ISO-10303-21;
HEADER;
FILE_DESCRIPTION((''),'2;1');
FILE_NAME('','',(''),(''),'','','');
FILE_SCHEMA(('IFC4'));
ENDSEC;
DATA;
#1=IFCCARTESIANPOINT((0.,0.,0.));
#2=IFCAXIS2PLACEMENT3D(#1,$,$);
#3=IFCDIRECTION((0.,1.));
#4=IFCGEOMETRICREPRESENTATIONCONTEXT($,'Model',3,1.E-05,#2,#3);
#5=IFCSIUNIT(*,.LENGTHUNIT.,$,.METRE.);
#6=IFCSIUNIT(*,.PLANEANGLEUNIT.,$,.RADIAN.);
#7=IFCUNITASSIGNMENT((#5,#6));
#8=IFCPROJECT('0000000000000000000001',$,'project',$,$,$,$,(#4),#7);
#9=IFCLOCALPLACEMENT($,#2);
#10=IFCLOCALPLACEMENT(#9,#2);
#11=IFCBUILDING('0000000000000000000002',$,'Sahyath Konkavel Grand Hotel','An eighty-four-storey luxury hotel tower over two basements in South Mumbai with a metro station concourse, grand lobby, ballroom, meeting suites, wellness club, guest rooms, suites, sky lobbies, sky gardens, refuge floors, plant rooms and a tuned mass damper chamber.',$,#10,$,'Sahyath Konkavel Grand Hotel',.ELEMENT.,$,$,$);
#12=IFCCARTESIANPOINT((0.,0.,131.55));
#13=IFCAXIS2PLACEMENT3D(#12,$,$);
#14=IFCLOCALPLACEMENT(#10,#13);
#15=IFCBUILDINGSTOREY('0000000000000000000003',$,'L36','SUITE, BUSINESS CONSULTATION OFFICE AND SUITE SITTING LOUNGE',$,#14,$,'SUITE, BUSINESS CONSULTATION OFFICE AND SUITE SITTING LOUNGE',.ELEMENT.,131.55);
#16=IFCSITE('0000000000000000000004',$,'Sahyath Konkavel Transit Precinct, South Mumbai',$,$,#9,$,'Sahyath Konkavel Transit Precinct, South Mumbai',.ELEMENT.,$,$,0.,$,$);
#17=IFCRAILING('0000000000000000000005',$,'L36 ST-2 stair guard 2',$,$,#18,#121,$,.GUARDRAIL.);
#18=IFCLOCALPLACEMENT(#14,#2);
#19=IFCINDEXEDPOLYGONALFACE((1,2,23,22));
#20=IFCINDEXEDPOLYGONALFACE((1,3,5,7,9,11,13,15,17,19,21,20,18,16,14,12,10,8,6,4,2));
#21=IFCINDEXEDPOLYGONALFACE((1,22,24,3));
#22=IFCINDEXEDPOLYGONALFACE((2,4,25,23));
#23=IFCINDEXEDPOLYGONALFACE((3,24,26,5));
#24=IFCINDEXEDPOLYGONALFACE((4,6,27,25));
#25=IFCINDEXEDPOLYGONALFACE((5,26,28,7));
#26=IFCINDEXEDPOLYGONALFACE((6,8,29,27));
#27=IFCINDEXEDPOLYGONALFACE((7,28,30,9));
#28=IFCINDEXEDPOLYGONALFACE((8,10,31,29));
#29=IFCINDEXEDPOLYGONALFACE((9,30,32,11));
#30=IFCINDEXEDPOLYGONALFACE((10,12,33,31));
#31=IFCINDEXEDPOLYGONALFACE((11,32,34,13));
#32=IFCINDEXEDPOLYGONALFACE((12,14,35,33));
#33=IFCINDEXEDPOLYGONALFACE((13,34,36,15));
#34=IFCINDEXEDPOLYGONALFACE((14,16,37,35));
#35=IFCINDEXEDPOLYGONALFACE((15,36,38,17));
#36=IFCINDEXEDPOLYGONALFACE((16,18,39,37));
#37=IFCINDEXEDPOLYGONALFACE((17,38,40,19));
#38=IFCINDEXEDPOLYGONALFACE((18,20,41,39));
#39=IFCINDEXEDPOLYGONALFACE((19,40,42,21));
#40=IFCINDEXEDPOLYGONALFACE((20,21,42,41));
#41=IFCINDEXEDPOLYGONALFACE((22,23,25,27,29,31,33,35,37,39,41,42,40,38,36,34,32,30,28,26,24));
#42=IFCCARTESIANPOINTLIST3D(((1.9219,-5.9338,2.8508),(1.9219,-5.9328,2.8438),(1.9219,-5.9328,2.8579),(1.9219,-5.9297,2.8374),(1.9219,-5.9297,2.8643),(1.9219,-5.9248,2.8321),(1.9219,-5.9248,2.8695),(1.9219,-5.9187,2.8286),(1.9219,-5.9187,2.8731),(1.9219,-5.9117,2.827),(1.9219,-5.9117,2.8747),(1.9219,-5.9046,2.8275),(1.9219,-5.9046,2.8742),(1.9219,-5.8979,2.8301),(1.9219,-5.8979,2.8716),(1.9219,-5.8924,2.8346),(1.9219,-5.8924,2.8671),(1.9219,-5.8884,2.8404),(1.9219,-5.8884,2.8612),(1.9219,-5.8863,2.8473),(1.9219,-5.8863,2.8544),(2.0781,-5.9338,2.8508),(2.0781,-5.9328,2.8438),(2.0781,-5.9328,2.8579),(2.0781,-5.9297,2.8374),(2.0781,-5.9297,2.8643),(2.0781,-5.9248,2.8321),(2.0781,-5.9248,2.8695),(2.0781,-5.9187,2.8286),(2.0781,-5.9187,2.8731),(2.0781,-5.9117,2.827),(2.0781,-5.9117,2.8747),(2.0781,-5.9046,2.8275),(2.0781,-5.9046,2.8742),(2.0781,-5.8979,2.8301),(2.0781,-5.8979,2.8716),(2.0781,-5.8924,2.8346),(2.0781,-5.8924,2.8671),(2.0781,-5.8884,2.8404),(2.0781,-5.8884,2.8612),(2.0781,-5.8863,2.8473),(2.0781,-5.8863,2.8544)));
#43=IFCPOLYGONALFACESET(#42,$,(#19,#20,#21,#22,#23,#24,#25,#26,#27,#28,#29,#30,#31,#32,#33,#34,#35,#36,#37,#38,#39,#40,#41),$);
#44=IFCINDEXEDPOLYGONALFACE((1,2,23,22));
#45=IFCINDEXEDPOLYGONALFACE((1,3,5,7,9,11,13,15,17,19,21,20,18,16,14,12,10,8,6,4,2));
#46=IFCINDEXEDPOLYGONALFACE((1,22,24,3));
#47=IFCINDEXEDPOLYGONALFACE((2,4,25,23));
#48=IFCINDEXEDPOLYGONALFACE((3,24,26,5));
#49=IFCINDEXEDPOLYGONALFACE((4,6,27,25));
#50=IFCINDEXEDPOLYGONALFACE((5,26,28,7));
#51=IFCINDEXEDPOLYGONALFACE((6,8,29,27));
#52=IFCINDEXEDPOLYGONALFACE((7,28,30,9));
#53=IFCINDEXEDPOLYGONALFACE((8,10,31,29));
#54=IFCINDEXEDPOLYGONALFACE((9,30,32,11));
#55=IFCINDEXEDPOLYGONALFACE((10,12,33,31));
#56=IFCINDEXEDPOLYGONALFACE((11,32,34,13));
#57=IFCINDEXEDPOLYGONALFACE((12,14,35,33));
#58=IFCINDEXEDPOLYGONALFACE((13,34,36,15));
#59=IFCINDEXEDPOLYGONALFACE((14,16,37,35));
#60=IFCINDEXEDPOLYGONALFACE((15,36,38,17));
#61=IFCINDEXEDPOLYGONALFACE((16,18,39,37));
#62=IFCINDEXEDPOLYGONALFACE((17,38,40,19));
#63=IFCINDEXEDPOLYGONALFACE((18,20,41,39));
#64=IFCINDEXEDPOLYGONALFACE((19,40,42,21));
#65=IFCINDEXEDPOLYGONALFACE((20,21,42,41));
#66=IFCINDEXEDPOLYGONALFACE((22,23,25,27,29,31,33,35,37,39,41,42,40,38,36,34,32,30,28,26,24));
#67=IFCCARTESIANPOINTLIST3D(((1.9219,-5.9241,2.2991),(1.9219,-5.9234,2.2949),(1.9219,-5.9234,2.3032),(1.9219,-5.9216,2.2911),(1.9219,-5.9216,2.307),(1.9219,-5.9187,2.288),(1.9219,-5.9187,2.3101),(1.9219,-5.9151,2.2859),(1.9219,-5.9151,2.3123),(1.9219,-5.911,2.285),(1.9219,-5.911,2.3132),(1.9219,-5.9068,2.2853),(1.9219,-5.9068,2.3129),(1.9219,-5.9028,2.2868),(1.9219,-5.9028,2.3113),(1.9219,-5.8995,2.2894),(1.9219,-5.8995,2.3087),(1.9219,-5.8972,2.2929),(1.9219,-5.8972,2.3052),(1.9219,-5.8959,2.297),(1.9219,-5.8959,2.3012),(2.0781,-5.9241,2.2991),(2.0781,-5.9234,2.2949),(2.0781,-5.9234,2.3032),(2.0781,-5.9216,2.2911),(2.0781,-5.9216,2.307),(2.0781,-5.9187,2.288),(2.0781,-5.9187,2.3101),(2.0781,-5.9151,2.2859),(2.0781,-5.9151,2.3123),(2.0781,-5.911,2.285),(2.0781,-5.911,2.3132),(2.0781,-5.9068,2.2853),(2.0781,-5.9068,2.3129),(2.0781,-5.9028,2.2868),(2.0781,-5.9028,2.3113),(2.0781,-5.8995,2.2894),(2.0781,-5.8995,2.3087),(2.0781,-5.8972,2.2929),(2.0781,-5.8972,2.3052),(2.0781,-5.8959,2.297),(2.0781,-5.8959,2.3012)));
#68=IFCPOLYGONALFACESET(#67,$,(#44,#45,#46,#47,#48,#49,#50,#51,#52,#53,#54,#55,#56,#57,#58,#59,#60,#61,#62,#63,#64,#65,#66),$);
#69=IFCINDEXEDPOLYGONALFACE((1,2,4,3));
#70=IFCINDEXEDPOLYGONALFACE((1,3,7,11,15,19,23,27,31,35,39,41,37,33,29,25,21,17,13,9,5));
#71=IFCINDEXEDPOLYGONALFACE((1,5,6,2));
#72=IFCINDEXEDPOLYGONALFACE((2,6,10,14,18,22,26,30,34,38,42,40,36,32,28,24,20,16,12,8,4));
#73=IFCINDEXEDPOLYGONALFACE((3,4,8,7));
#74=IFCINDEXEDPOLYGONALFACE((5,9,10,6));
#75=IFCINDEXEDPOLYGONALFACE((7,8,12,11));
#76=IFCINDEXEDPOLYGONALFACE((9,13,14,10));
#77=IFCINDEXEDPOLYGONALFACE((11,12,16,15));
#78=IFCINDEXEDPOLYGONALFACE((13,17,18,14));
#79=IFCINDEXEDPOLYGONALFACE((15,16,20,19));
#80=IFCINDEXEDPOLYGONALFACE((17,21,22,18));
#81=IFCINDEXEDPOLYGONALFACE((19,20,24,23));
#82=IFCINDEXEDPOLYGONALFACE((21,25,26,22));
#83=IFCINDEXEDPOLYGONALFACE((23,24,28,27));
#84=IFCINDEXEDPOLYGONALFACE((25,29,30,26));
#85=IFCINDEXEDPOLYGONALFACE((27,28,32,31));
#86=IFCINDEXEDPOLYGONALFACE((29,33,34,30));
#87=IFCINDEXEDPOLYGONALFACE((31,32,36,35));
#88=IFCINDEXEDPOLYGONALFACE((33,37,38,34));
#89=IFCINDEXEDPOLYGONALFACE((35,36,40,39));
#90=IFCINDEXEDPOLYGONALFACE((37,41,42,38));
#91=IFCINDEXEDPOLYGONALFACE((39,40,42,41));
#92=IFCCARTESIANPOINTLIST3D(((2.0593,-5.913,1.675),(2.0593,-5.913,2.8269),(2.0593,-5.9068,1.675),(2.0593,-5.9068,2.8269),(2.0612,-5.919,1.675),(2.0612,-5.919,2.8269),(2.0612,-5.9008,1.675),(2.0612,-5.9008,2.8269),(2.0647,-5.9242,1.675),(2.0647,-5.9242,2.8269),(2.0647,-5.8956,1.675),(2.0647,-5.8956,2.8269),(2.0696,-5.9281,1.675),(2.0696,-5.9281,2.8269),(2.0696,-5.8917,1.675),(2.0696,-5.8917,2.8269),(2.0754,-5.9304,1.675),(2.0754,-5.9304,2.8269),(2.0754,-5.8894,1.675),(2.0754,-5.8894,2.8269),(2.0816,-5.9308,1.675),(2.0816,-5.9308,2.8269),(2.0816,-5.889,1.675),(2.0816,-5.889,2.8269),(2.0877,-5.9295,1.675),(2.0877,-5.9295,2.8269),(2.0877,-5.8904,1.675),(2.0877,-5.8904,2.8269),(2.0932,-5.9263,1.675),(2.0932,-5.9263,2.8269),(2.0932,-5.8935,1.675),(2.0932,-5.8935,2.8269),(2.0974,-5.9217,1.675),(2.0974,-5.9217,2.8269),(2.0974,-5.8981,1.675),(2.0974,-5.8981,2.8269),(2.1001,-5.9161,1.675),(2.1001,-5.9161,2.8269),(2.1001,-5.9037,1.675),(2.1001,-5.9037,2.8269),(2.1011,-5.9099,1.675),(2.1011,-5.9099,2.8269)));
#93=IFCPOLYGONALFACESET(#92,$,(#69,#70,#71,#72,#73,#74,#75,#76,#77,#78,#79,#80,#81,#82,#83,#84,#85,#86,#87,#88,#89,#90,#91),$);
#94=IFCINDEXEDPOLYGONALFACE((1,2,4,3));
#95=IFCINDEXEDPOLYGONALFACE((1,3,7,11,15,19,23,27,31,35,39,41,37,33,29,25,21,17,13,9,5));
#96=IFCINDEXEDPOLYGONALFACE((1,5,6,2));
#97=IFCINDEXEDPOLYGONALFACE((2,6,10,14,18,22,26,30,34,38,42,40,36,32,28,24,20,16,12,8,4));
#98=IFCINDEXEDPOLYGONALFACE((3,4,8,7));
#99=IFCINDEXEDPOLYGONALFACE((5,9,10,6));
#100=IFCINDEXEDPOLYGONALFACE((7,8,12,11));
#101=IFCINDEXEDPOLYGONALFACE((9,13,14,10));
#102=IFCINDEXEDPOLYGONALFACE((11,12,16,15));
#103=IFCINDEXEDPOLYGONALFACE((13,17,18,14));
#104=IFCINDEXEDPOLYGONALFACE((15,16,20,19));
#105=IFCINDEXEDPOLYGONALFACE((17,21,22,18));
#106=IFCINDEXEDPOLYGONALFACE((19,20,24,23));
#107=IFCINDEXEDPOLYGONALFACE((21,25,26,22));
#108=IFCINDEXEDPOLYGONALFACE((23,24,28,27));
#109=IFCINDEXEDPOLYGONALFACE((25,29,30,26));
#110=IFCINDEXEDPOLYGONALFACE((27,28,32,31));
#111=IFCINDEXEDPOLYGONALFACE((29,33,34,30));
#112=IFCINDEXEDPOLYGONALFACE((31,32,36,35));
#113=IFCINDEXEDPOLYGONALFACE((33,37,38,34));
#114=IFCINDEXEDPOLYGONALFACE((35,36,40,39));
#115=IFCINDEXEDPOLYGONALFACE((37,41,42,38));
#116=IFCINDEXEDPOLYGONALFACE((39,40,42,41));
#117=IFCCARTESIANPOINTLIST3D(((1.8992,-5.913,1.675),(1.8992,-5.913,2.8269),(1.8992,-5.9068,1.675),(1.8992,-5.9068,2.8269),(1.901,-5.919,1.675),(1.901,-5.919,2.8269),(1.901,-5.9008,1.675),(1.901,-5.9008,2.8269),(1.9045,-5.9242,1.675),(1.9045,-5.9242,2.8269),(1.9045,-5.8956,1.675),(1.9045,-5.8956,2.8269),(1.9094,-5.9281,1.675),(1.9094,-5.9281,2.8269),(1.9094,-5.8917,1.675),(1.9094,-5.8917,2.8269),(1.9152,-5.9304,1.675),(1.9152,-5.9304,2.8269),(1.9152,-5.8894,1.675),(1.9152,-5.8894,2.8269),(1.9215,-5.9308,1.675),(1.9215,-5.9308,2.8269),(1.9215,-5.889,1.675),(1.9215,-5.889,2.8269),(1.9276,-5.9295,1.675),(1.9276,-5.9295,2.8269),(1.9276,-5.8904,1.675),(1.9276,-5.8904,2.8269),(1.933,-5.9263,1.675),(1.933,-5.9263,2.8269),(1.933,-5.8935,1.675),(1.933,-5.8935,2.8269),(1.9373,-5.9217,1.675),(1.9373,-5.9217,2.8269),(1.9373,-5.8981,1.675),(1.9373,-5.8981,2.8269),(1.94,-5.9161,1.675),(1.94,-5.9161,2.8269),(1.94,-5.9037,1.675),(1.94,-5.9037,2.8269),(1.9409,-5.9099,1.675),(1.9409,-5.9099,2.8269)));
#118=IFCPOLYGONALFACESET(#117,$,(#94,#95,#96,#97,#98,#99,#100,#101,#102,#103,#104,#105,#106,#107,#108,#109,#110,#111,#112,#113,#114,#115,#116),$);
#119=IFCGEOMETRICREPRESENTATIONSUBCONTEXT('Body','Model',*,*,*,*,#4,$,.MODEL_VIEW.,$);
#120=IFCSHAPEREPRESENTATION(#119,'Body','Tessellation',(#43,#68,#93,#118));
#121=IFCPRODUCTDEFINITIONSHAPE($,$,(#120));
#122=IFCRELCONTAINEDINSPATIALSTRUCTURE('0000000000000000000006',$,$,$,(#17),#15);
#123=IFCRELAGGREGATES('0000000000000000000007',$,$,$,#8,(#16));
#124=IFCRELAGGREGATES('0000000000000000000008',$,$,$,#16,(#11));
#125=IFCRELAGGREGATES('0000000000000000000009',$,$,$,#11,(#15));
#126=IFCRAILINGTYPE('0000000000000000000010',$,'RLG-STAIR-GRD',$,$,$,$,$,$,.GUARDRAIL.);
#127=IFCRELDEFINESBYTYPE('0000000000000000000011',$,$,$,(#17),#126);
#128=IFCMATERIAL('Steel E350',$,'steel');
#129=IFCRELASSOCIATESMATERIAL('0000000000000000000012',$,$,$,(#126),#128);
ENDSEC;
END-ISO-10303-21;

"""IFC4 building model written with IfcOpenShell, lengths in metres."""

from ifc_helpers import new_model, si_unit, direction, frame, origin, origin_2d, place, context, subcontext, project, spatial, circle, extrude, material, type_object, element, save


model = new_model("IFC4")

# Units and contexts
model_context = context("Model", 3, precision=1e-05, world=origin(), true_north=direction((0.0, 1.0)))
body_context = subcontext(model_context, "Body", "Model", "MODEL_VIEW")
ifc_project = project(units=[si_unit("LENGTHUNIT", "METRE"), si_unit("PLANEANGLEUNIT", "RADIAN")], contexts=[model_context])

# Site, building, storey
site_placement = place(None, origin())
site = spatial("IfcSite", under=ifc_project, at=site_placement, Name="Sahyath Konkavel Transit Precinct, South Mumbai", LongName="Sahyath Konkavel Transit Precinct, South Mumbai", CompositionType="ELEMENT", RefElevation=0.0)
building_placement = place(site_placement, origin())
building = spatial("IfcBuilding", under=site, at=building_placement, Name="Sahyath Konkavel Grand Hotel", Description="An eighty-four-storey luxury hotel tower over two basements in South Mumbai with a metro station concourse, grand lobby, ballroom, meeting suites, wellness club, guest rooms, suites, sky lobbies, sky gardens, refuge floors, plant rooms and a tuned mass damper chamber.", LongName="Sahyath Konkavel Grand Hotel", CompositionType="ELEMENT")
storey_placement = place(building_placement, frame((0.0, 0.0, 131.55)))
storey = spatial("IfcBuildingStorey", under=building, at=storey_placement, Name="L36", Description="SUITE, BUSINESS CONSULTATION OFFICE AND SUITE SITTING LOUNGE", LongName="SUITE, BUSINESS CONSULTATION OFFICE AND SUITE SITTING LOUNGE", CompositionType="ELEMENT", Elevation=131.55)

# Shared definitions
ifc_material_1 = material(Name="Steel E350", Category="steel")

# Railing
railing_type_1 = type_object("IfcRailingType", Name="RLG-STAIR-GRD", PredefinedType="GUARDRAIL", material=ifc_material_1)
railing_1_placement = place(storey_placement, frame((2.0801, -5.9099, 1.675)))
element("IfcRailing", 1, at=railing_1_placement, inside=storey, type_object=railing_type_1, Name="L36 ST-2 stair guard 2", PredefinedType="GUARDRAIL", context=body_context, shape_type="SweptSolid", body=[
    extrude(circle(Radius=0.0239, at=origin_2d()), frame((-0.002, 0.0, 1.1758), z_axis=(-1.0, 0.0, 0.0), x_axis=(0.0, -1.0, 0.0)), (0.0, 0.0, 1.0), 0.1562),
    extrude(circle(Radius=0.0142, at=origin_2d()), frame((-0.002, 0.0, 0.624), z_axis=(-1.0, 0.0, 0.0), x_axis=(0.0, -1.0, 0.0)), (0.0, 0.0, 1.0), 0.1562),
    extrude(circle(Radius=0.021, at=origin_2d()), origin(), (0.0, 0.0, 1.0), 1.1519),
    extrude(circle(Radius=0.021, at=origin_2d()), frame((-0.1602, 0.0, 0.0)), (0.0, 0.0, 1.0), 1.1519),
])

save(model, "model.ifc")
